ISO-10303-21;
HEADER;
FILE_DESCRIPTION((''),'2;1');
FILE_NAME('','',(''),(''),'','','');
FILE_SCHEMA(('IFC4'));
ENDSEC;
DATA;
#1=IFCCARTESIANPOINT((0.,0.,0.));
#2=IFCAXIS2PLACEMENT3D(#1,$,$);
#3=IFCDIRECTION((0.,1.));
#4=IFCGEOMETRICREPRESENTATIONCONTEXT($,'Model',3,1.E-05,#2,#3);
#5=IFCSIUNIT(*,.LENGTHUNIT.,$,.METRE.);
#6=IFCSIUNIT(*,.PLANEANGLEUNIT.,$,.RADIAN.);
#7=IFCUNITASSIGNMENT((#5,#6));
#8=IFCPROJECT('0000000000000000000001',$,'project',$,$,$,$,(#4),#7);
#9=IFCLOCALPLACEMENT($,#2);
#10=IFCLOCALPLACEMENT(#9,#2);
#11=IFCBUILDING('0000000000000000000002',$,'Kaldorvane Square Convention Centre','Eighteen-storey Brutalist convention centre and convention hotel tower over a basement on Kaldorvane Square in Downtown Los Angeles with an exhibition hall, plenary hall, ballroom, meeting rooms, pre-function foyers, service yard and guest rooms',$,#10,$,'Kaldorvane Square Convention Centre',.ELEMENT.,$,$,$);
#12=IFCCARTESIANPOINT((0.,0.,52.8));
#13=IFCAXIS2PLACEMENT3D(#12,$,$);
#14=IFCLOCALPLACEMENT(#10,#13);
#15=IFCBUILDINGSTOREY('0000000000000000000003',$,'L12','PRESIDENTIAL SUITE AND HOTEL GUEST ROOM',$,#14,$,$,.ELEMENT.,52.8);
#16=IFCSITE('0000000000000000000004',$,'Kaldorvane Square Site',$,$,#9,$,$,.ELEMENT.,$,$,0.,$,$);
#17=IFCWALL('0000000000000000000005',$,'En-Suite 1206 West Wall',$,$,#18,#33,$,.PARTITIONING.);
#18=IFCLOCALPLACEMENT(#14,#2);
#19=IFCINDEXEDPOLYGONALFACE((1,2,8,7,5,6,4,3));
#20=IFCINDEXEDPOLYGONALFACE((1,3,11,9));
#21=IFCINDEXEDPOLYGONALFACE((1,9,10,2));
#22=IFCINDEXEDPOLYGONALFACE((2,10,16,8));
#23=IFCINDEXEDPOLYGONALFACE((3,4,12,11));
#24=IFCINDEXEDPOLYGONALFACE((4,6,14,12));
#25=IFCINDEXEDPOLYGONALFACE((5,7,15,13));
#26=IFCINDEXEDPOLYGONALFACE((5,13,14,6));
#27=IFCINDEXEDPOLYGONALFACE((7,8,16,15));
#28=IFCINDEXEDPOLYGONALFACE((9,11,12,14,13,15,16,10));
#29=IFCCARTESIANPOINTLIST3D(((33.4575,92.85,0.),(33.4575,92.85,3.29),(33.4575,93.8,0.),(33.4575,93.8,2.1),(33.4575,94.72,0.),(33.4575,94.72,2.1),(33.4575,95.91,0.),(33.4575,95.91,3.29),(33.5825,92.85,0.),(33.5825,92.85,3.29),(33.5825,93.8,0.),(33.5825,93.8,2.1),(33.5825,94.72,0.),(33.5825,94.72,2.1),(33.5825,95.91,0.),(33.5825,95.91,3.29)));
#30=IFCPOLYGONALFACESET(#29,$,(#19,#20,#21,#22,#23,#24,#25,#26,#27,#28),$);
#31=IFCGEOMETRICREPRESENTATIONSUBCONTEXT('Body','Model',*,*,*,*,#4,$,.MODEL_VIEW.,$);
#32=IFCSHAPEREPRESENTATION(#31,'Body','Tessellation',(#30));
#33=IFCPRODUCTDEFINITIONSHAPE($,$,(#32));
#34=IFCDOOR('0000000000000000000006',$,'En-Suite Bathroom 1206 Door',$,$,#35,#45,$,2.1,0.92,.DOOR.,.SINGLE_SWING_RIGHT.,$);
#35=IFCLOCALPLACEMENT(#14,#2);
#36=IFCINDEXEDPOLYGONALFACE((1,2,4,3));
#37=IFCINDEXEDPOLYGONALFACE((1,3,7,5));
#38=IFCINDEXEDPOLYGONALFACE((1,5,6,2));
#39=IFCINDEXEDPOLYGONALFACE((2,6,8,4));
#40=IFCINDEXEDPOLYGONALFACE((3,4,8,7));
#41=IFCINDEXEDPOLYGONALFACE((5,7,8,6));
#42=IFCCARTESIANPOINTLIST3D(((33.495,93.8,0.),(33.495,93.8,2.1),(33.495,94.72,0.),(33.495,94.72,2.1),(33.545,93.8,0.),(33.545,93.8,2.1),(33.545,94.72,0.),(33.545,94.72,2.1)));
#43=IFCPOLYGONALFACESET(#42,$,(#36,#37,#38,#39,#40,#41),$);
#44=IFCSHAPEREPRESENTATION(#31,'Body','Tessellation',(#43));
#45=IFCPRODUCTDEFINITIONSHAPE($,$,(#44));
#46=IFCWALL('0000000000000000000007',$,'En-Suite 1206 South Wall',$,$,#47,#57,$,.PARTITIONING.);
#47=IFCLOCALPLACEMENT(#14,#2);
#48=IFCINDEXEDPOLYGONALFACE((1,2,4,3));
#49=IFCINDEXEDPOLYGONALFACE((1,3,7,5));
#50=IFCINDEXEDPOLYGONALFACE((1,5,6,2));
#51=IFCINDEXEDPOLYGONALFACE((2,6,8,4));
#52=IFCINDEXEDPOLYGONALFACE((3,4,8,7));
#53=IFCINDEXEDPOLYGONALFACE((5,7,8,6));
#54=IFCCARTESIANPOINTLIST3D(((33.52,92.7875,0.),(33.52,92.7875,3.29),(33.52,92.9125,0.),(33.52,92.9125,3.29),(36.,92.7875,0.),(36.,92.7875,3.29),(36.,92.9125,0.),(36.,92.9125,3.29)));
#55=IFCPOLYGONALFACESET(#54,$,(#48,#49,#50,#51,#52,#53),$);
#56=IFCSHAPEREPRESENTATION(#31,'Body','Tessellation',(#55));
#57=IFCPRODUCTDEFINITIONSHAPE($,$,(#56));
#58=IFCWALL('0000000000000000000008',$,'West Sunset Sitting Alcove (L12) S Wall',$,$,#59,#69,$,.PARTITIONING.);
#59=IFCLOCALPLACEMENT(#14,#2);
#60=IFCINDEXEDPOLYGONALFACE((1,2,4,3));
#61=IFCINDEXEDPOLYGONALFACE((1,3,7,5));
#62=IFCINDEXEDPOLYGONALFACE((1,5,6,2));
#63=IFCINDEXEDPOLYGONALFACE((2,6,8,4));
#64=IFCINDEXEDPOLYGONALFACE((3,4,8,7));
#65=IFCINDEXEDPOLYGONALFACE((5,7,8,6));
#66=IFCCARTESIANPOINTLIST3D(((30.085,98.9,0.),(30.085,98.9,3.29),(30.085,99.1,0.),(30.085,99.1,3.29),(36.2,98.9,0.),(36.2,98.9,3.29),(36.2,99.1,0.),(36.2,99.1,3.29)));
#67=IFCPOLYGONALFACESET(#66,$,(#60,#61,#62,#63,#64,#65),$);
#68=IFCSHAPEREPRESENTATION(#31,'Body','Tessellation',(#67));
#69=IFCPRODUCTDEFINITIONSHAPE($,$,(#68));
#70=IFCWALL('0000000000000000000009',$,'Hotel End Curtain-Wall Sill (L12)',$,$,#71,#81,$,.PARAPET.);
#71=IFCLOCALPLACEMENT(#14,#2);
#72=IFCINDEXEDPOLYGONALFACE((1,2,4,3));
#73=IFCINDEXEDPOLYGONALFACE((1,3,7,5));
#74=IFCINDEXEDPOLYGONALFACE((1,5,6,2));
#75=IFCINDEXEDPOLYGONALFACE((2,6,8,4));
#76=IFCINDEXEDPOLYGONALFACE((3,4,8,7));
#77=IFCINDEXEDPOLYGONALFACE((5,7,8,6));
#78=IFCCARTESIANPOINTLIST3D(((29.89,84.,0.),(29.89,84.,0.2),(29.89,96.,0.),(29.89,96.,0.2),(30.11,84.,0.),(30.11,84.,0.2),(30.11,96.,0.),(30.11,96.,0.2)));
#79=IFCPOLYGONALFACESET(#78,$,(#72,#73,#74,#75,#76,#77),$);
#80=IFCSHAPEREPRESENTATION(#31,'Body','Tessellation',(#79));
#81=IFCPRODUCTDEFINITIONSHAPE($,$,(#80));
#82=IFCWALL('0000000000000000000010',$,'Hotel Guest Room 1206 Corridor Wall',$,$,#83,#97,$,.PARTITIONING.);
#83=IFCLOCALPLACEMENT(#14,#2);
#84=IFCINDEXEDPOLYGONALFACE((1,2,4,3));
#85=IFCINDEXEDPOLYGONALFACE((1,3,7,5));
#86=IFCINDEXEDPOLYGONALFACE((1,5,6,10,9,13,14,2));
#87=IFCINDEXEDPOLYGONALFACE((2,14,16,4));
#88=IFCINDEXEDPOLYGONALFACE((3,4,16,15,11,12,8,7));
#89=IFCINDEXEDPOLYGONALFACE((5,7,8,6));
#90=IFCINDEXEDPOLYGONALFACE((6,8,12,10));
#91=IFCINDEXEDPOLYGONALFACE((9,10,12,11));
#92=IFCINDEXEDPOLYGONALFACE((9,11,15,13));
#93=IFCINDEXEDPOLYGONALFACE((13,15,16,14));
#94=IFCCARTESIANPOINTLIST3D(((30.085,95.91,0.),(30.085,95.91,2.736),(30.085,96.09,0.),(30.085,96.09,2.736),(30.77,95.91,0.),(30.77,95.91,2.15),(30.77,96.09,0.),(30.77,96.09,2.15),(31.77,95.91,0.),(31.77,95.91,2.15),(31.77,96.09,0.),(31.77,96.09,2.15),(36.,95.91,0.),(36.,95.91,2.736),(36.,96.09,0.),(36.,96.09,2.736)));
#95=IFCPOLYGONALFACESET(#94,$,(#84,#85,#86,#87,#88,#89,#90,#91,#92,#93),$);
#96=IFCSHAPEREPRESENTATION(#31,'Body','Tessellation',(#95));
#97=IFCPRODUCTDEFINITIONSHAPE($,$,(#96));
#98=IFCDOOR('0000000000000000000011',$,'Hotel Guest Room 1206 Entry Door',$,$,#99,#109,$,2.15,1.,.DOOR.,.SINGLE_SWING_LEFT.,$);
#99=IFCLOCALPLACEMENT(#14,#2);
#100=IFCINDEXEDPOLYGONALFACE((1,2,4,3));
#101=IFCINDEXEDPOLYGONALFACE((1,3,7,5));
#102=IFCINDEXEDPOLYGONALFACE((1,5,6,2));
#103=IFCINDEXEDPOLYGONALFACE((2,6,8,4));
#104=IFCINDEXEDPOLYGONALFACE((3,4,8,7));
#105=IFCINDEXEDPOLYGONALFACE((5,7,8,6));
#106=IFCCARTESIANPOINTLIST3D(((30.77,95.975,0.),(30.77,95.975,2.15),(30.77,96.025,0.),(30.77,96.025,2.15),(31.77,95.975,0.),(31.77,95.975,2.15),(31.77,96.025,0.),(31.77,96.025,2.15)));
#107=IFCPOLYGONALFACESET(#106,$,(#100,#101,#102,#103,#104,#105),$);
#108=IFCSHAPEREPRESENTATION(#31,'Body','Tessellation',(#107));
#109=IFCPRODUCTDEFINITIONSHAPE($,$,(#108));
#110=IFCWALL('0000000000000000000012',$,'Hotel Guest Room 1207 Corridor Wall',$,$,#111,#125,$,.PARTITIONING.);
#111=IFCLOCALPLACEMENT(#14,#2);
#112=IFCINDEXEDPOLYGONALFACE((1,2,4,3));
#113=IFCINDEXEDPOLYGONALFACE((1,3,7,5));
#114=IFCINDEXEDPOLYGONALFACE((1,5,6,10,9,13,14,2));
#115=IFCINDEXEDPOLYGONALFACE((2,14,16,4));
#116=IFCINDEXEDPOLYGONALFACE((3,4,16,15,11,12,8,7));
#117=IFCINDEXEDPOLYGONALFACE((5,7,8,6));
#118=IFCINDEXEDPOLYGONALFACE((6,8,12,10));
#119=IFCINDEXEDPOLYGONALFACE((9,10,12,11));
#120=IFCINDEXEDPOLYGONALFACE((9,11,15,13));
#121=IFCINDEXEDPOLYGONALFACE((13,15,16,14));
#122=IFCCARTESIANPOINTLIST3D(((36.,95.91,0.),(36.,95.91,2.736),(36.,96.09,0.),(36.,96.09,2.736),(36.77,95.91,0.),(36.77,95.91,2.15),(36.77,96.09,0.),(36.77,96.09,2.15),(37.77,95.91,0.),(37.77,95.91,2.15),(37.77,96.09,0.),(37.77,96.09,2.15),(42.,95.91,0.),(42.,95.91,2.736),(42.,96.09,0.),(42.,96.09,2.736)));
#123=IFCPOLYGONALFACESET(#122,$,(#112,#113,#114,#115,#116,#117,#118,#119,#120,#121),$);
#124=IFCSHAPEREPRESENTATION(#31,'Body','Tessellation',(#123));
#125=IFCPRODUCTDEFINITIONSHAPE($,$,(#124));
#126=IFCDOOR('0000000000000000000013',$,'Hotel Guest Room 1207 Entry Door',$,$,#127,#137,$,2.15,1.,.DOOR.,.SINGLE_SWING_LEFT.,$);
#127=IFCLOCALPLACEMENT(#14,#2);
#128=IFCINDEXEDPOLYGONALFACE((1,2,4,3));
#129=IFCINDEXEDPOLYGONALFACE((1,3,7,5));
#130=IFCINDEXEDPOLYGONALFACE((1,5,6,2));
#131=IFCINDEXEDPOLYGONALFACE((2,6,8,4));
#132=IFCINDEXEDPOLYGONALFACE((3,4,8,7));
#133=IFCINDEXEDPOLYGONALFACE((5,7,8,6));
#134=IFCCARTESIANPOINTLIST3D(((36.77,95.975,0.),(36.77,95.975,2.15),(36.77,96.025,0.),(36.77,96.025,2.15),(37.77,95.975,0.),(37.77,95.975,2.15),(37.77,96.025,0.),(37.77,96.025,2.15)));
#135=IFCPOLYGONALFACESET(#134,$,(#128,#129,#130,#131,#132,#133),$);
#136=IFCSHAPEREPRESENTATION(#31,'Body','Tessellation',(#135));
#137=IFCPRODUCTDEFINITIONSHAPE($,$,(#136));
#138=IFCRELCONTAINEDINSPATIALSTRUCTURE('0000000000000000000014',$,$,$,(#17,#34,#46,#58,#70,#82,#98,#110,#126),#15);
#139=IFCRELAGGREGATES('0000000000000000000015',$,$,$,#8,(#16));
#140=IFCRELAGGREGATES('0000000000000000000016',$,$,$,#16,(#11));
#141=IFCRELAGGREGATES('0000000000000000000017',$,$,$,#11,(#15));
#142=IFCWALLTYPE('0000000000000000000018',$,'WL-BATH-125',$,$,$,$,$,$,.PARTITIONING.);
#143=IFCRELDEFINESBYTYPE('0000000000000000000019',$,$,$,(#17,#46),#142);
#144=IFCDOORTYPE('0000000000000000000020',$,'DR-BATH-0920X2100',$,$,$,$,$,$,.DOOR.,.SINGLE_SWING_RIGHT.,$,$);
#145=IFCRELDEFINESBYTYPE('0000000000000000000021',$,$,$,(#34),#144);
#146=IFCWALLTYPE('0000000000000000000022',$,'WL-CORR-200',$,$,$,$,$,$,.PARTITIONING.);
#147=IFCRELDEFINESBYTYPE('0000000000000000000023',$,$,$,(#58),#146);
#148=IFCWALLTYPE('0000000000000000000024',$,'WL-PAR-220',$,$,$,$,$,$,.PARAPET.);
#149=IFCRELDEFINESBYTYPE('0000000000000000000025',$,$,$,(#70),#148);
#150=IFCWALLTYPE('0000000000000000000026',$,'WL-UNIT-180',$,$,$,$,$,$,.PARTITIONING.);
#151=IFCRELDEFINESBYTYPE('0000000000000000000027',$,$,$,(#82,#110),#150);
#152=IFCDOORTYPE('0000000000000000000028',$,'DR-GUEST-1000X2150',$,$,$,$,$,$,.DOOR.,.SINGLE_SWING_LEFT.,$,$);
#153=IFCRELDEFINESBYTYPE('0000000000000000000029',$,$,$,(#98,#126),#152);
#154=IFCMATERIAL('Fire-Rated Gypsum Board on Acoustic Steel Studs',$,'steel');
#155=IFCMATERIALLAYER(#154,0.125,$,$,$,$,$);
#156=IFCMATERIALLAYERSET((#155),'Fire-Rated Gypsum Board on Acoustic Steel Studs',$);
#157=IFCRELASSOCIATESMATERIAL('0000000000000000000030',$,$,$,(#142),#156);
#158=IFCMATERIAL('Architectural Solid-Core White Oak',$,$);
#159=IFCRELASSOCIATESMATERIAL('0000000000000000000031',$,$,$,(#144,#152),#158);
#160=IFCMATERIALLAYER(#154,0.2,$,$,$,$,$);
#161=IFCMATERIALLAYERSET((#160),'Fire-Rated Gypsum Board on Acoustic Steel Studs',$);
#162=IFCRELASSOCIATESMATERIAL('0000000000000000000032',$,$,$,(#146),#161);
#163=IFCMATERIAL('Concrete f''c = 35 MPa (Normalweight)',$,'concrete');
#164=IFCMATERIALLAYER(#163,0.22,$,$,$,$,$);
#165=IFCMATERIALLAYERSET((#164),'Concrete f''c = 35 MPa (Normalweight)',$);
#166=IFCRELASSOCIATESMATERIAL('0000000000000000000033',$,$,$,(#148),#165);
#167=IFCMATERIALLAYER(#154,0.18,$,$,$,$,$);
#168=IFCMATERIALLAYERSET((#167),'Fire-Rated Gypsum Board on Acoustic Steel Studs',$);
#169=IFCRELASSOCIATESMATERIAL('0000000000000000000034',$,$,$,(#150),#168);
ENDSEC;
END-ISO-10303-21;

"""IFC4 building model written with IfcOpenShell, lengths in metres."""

from ifc_helpers import new_model, si_unit, direction, frame, frame_2d, origin, place, context, subcontext, project, spatial, rectangle, extrude, material, layer, layer_set, type_object, element, fill, save


model = new_model("IFC4")

# Units and contexts
model_context = context("Model", 3, precision=1e-05, world=origin(), true_north=direction((0.0, 1.0)))
body_context = subcontext(model_context, "Body", "Model", "MODEL_VIEW")
ifc_project = project(units=[si_unit("LENGTHUNIT", "METRE"), si_unit("PLANEANGLEUNIT", "RADIAN")], contexts=[model_context])

# Site, building, storey
site_placement = place(None, origin())
site = spatial("IfcSite", under=ifc_project, at=site_placement, Name="Kaldorvane Square Site", CompositionType="ELEMENT", RefElevation=0.0)
building_placement = place(site_placement, origin())
building = spatial("IfcBuilding", under=site, at=building_placement, Name="Kaldorvane Square Convention Centre", Description="Eighteen-storey Brutalist convention centre and convention hotel tower over a basement on Kaldorvane Square in Downtown Los Angeles with an exhibition hall, plenary hall, ballroom, meeting rooms, pre-function foyers, service yard and guest rooms", LongName="Kaldorvane Square Convention Centre", CompositionType="ELEMENT")
storey_placement = place(building_placement, frame((0.0, 0.0, 52.8)))
storey = spatial("IfcBuildingStorey", under=building, at=storey_placement, Name="L12", Description="PRESIDENTIAL SUITE AND HOTEL GUEST ROOM", CompositionType="ELEMENT", Elevation=52.8)

# Wall, opening, door
ifc_material_1 = material(Name="Fire-Rated Gypsum Board on Acoustic Steel Studs", Category="steel")
ifc_layer_1 = layer(ifc_material_1, 0.125)
ifc_layer_set_1 = layer_set([ifc_layer_1], Name="Fire-Rated Gypsum Board on Acoustic Steel Studs")
wall_type_1 = type_object("IfcWallType", Name="WL-BATH-125", PredefinedType="PARTITIONING", material=ifc_layer_set_1)
wall_1_placement = place(storey_placement, frame((33.52, 92.85, 0.0), z_axis=(0.0, 0.0, 1.0), x_axis=(0.0, 1.0, 0.0)))
wall_1 = element("IfcWall", 1, at=wall_1_placement, inside=storey, type_object=wall_type_1, Name="En-Suite 1206 West Wall", PredefinedType="PARTITIONING", context=body_context, shape_type="SweptSolid", body=[
    extrude(rectangle(XDim=3.06, YDim=0.125, at=frame_2d((1.53, 0.0))), origin(), (0.0, 0.0, 1.0), 3.29),
])
opening_1_placement = place(wall_1_placement, frame((0.95, 0.0, 0.0)))
opening_1 = element("IfcOpeningElement", 2, at=opening_1_placement, cuts=wall_1, PredefinedType="OPENING", context=body_context, shape_type="SweptSolid", body=[
    extrude(rectangle(XDim=0.92, YDim=2.1, at=frame_2d((0.46, 1.05))), frame((0.0, 0.0775, 0.0), z_axis=(0.0, -1.0, 0.0), x_axis=(1.0, 0.0, 0.0)), (0.0, 0.0, 1.0), 0.155),
])
ifc_material_2 = material(Name="Architectural Solid-Core White Oak")
door_type_1 = type_object("IfcDoorType", Name="DR-BATH-0920X2100", OperationType="SINGLE_SWING_RIGHT", PredefinedType="DOOR", material=ifc_material_2)
door_1_placement = place(opening_1_placement, origin())
door_1 = element("IfcDoor", 3, at=door_1_placement, inside=storey, type_object=door_type_1, Name="En-Suite Bathroom 1206 Door", OperationType="SINGLE_SWING_RIGHT", OverallHeight=2.1, OverallWidth=0.92, PredefinedType="DOOR", context=body_context, shape_type="SweptSolid", body=[
    extrude(rectangle(XDim=0.92, YDim=2.1, at=frame_2d((0.46, 1.05))), frame((0.0, 0.025, 0.0), z_axis=(0.0, -1.0, 0.0), x_axis=(1.0, 0.0, 0.0)), (0.0, 0.0, 1.0), 0.05),
])
fill(opening_1, door_1)

# Walls
wall_2_placement = place(storey_placement, frame((33.52, 92.85, 0.0), z_axis=(0.0, 0.0, 1.0), x_axis=(1.0, 0.0, 0.0)))
element("IfcWall", 4, at=wall_2_placement, inside=storey, type_object=wall_type_1, Name="En-Suite 1206 South Wall", PredefinedType="PARTITIONING", context=body_context, shape_type="SweptSolid", body=[
    extrude(rectangle(XDim=2.48, YDim=0.125, at=frame_2d((1.24, 0.0))), origin(), (0.0, 0.0, 1.0), 3.29),
])
ifc_layer_2 = layer(ifc_material_1, 0.2)
ifc_layer_set_2 = layer_set([ifc_layer_2], Name="Fire-Rated Gypsum Board on Acoustic Steel Studs")
wall_type_2 = type_object("IfcWallType", Name="WL-CORR-200", PredefinedType="PARTITIONING", material=ifc_layer_set_2)
wall_3_placement = place(storey_placement, frame((30.085, 99.0, 0.0), z_axis=(0.0, 0.0, 1.0), x_axis=(1.0, 0.0, 0.0)))
element("IfcWall", 5, at=wall_3_placement, inside=storey, type_object=wall_type_2, Name="West Sunset Sitting Alcove (L12) S Wall", PredefinedType="PARTITIONING", context=body_context, shape_type="SweptSolid", body=[
    extrude(rectangle(XDim=6.115, YDim=0.2, at=frame_2d((3.0575, 0.0))), origin(), (0.0, 0.0, 1.0), 3.29),
])
ifc_material_3 = material(Name="Concrete f'c = 35 MPa (Normalweight)", Category="concrete")
ifc_layer_3 = layer(ifc_material_3, 0.22)
ifc_layer_set_3 = layer_set([ifc_layer_3], Name="Concrete f'c = 35 MPa (Normalweight)")
wall_type_3 = type_object("IfcWallType", Name="WL-PAR-220", PredefinedType="PARAPET", material=ifc_layer_set_3)
wall_4_placement = place(storey_placement, frame((30.0, 96.0, 0.0), z_axis=(0.0, 0.0, 1.0), x_axis=(0.0, -1.0, 0.0)))
element("IfcWall", 6, at=wall_4_placement, inside=storey, type_object=wall_type_3, Name="Hotel End Curtain-Wall Sill (L12)", PredefinedType="PARAPET", context=body_context, shape_type="SweptSolid", body=[
    extrude(rectangle(XDim=12.0, YDim=0.22, at=frame_2d((6.0, 0.0))), origin(), (0.0, 0.0, 1.0), 0.2),
])

# Walls, openings, doors
ifc_layer_4 = layer(ifc_material_1, 0.18)
ifc_layer_set_4 = layer_set([ifc_layer_4], Name="Fire-Rated Gypsum Board on Acoustic Steel Studs")
wall_type_4 = type_object("IfcWallType", Name="WL-UNIT-180", PredefinedType="PARTITIONING", material=ifc_layer_set_4)
wall_5_placement = place(storey_placement, frame((30.085, 96.0, 0.0), z_axis=(0.0, 0.0, 1.0), x_axis=(1.0, 0.0, 0.0)))
wall_5 = element("IfcWall", 7, at=wall_5_placement, inside=storey, type_object=wall_type_4, Name="Hotel Guest Room 1206 Corridor Wall", PredefinedType="PARTITIONING", context=body_context, shape_type="SweptSolid", body=[
    extrude(rectangle(XDim=5.915, YDim=0.18, at=frame_2d((2.9575, 0.0))), origin(), (0.0, 0.0, 1.0), 2.736),
])
opening_2_placement = place(wall_5_placement, frame((0.685, 0.0, 0.0)))
opening_2 = element("IfcOpeningElement", 8, at=opening_2_placement, cuts=wall_5, PredefinedType="OPENING", context=body_context, shape_type="SweptSolid", body=[
    extrude(rectangle(XDim=1.0, YDim=2.15, at=frame_2d((0.5, 1.075))), frame((0.0, 0.105, 0.0), z_axis=(0.0, -1.0, 0.0), x_axis=(1.0, 0.0, 0.0)), (0.0, 0.0, 1.0), 0.21),
])
door_type_2 = type_object("IfcDoorType", Name="DR-GUEST-1000X2150", OperationType="SINGLE_SWING_LEFT", PredefinedType="DOOR", material=ifc_material_2)
door_2_placement = place(opening_2_placement, origin())
door_2 = element("IfcDoor", 9, at=door_2_placement, inside=storey, type_object=door_type_2, Name="Hotel Guest Room 1206 Entry Door", OperationType="SINGLE_SWING_LEFT", OverallHeight=2.15, OverallWidth=1.0, PredefinedType="DOOR", context=body_context, shape_type="SweptSolid", body=[
    extrude(rectangle(XDim=1.0, YDim=2.15, at=frame_2d((0.5, 1.075))), frame((0.0, 0.025, 0.0), z_axis=(0.0, -1.0, 0.0), x_axis=(1.0, 0.0, 0.0)), (0.0, 0.0, 1.0), 0.05),
])
fill(opening_2, door_2)
wall_6_placement = place(storey_placement, frame((36.0, 96.0, 0.0), z_axis=(0.0, 0.0, 1.0), x_axis=(1.0, 0.0, 0.0)))
wall_6 = element("IfcWall", 10, at=wall_6_placement, inside=storey, type_object=wall_type_4, Name="Hotel Guest Room 1207 Corridor Wall", PredefinedType="PARTITIONING", context=body_context, shape_type="SweptSolid", body=[
    extrude(rectangle(XDim=6.0, YDim=0.18, at=frame_2d((3.0, 0.0))), origin(), (0.0, 0.0, 1.0), 2.736),
])
opening_3_placement = place(wall_6_placement, frame((0.77, 0.0, 0.0)))
opening_3 = element("IfcOpeningElement", 11, at=opening_3_placement, cuts=wall_6, PredefinedType="OPENING", context=body_context, shape_type="SweptSolid", body=[
    extrude(rectangle(XDim=1.0, YDim=2.15, at=frame_2d((0.5, 1.075))), frame((0.0, 0.105, 0.0), z_axis=(0.0, -1.0, 0.0), x_axis=(1.0, 0.0, 0.0)), (0.0, 0.0, 1.0), 0.21),
])
door_3_placement = place(opening_3_placement, origin())
door_3 = element("IfcDoor", 12, at=door_3_placement, inside=storey, type_object=door_type_2, Name="Hotel Guest Room 1207 Entry Door", OperationType="SINGLE_SWING_LEFT", OverallHeight=2.15, OverallWidth=1.0, PredefinedType="DOOR", context=body_context, shape_type="SweptSolid", body=[
    extrude(rectangle(XDim=1.0, YDim=2.15, at=frame_2d((0.5, 1.075))), frame((0.0, 0.025, 0.0), z_axis=(0.0, -1.0, 0.0), x_axis=(1.0, 0.0, 0.0)), (0.0, 0.0, 1.0), 0.05),
])
fill(opening_3, door_3)

save(model, "model.ifc")
